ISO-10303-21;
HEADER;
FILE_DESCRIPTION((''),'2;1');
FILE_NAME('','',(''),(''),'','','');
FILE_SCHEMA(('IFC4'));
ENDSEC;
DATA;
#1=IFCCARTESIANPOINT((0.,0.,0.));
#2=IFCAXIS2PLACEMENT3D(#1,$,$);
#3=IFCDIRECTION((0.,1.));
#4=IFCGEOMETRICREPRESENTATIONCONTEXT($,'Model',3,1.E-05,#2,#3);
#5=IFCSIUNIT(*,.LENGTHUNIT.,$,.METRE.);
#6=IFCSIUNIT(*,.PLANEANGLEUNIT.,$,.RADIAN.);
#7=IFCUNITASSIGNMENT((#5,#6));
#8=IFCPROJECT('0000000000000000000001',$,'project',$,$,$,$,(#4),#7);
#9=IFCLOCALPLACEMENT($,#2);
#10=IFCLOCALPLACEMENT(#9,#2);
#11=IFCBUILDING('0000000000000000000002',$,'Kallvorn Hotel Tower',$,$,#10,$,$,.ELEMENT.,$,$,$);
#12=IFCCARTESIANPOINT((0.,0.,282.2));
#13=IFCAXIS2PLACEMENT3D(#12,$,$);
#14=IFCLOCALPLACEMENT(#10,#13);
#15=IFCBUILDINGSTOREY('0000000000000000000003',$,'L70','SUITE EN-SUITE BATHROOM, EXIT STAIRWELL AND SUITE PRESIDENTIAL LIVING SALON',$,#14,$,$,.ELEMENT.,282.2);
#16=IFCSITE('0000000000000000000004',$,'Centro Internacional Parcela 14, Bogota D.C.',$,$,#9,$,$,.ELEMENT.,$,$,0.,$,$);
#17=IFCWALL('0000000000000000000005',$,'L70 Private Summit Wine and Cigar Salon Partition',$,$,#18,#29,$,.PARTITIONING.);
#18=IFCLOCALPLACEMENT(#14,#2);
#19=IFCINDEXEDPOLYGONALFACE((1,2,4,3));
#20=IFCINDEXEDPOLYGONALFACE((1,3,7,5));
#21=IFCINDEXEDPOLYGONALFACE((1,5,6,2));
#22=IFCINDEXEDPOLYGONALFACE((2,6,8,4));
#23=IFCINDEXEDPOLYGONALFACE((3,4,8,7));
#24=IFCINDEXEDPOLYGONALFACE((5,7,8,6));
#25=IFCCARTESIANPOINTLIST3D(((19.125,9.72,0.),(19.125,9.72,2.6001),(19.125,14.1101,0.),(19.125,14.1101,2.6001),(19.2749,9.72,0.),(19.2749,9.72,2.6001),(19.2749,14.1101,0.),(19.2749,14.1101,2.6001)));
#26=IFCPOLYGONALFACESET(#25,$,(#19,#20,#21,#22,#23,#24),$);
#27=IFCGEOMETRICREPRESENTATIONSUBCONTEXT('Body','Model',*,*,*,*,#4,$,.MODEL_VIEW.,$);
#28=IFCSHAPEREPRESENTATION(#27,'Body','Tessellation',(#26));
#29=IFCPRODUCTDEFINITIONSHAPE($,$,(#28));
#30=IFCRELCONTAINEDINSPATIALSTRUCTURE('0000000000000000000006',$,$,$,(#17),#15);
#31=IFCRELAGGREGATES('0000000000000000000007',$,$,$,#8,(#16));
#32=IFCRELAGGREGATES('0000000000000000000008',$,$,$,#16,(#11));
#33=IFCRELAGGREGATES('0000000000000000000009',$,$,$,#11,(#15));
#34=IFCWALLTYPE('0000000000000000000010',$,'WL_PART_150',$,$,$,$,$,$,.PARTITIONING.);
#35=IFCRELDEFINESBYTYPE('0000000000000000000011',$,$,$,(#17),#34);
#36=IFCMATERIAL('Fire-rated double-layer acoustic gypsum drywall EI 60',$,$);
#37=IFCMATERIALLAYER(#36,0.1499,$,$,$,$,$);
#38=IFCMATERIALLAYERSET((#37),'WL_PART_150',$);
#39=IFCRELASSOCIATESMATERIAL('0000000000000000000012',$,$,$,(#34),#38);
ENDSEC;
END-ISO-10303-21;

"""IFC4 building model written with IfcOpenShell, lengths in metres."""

from ifc_helpers import new_model, si_unit, direction, frame, frame_2d, origin, place, context, subcontext, project, spatial, rectangle, extrude, material, layer, layer_set, type_object, element, save


model = new_model("IFC4")

# Units and contexts
model_context = context("Model", 3, precision=1e-05, world=origin(), true_north=direction((0.0, 1.0)))
body_context = subcontext(model_context, "Body", "Model", "MODEL_VIEW")
ifc_project = project(units=[si_unit("LENGTHUNIT", "METRE"), si_unit("PLANEANGLEUNIT", "RADIAN")], contexts=[model_context])

# Site, building, storey
site_placement = place(None, origin())
site = spatial("IfcSite", under=ifc_project, at=site_placement, Name="Centro Internacional Parcela 14, Bogota D.C.", CompositionType="ELEMENT", RefElevation=0.0)
building_placement = place(site_placement, origin())
building = spatial("IfcBuilding", under=site, at=building_placement, Name="Kallvorn Hotel Tower", CompositionType="ELEMENT")
storey_placement = place(building_placement, frame((0.0, 0.0, 282.2)))
storey = spatial("IfcBuildingStorey", under=building, at=storey_placement, Name="L70", Description="SUITE EN-SUITE BATHROOM, EXIT STAIRWELL AND SUITE PRESIDENTIAL LIVING SALON", CompositionType="ELEMENT", Elevation=282.2)

# Wall
ifc_material_1 = material(Name="Fire-rated double-layer acoustic gypsum drywall EI 60")
ifc_layer_1 = layer(ifc_material_1, 0.1499)
ifc_layer_set_1 = layer_set([ifc_layer_1], Name="WL_PART_150")
wall_type_1 = type_object("IfcWallType", Name="WL_PART_150", PredefinedType="PARTITIONING", material=ifc_layer_set_1)
wall_placement = place(storey_placement, frame((19.2, 9.72, 0.0), z_axis=(0.0, 0.0, 1.0), x_axis=(0.0, 1.0, 0.0)))
element("IfcWall", 1, at=wall_placement, inside=storey, type_object=wall_type_1, Name="L70 Private Summit Wine and Cigar Salon Partition", PredefinedType="PARTITIONING", context=body_context, shape_type="SweptSolid", body=[
    extrude(rectangle(XDim=4.3901, YDim=0.1499, at=frame_2d((2.1951, 0.0))), origin(), (0.0, 0.0, 1.0), 2.6001),
])

save(model, "model.ifc")
